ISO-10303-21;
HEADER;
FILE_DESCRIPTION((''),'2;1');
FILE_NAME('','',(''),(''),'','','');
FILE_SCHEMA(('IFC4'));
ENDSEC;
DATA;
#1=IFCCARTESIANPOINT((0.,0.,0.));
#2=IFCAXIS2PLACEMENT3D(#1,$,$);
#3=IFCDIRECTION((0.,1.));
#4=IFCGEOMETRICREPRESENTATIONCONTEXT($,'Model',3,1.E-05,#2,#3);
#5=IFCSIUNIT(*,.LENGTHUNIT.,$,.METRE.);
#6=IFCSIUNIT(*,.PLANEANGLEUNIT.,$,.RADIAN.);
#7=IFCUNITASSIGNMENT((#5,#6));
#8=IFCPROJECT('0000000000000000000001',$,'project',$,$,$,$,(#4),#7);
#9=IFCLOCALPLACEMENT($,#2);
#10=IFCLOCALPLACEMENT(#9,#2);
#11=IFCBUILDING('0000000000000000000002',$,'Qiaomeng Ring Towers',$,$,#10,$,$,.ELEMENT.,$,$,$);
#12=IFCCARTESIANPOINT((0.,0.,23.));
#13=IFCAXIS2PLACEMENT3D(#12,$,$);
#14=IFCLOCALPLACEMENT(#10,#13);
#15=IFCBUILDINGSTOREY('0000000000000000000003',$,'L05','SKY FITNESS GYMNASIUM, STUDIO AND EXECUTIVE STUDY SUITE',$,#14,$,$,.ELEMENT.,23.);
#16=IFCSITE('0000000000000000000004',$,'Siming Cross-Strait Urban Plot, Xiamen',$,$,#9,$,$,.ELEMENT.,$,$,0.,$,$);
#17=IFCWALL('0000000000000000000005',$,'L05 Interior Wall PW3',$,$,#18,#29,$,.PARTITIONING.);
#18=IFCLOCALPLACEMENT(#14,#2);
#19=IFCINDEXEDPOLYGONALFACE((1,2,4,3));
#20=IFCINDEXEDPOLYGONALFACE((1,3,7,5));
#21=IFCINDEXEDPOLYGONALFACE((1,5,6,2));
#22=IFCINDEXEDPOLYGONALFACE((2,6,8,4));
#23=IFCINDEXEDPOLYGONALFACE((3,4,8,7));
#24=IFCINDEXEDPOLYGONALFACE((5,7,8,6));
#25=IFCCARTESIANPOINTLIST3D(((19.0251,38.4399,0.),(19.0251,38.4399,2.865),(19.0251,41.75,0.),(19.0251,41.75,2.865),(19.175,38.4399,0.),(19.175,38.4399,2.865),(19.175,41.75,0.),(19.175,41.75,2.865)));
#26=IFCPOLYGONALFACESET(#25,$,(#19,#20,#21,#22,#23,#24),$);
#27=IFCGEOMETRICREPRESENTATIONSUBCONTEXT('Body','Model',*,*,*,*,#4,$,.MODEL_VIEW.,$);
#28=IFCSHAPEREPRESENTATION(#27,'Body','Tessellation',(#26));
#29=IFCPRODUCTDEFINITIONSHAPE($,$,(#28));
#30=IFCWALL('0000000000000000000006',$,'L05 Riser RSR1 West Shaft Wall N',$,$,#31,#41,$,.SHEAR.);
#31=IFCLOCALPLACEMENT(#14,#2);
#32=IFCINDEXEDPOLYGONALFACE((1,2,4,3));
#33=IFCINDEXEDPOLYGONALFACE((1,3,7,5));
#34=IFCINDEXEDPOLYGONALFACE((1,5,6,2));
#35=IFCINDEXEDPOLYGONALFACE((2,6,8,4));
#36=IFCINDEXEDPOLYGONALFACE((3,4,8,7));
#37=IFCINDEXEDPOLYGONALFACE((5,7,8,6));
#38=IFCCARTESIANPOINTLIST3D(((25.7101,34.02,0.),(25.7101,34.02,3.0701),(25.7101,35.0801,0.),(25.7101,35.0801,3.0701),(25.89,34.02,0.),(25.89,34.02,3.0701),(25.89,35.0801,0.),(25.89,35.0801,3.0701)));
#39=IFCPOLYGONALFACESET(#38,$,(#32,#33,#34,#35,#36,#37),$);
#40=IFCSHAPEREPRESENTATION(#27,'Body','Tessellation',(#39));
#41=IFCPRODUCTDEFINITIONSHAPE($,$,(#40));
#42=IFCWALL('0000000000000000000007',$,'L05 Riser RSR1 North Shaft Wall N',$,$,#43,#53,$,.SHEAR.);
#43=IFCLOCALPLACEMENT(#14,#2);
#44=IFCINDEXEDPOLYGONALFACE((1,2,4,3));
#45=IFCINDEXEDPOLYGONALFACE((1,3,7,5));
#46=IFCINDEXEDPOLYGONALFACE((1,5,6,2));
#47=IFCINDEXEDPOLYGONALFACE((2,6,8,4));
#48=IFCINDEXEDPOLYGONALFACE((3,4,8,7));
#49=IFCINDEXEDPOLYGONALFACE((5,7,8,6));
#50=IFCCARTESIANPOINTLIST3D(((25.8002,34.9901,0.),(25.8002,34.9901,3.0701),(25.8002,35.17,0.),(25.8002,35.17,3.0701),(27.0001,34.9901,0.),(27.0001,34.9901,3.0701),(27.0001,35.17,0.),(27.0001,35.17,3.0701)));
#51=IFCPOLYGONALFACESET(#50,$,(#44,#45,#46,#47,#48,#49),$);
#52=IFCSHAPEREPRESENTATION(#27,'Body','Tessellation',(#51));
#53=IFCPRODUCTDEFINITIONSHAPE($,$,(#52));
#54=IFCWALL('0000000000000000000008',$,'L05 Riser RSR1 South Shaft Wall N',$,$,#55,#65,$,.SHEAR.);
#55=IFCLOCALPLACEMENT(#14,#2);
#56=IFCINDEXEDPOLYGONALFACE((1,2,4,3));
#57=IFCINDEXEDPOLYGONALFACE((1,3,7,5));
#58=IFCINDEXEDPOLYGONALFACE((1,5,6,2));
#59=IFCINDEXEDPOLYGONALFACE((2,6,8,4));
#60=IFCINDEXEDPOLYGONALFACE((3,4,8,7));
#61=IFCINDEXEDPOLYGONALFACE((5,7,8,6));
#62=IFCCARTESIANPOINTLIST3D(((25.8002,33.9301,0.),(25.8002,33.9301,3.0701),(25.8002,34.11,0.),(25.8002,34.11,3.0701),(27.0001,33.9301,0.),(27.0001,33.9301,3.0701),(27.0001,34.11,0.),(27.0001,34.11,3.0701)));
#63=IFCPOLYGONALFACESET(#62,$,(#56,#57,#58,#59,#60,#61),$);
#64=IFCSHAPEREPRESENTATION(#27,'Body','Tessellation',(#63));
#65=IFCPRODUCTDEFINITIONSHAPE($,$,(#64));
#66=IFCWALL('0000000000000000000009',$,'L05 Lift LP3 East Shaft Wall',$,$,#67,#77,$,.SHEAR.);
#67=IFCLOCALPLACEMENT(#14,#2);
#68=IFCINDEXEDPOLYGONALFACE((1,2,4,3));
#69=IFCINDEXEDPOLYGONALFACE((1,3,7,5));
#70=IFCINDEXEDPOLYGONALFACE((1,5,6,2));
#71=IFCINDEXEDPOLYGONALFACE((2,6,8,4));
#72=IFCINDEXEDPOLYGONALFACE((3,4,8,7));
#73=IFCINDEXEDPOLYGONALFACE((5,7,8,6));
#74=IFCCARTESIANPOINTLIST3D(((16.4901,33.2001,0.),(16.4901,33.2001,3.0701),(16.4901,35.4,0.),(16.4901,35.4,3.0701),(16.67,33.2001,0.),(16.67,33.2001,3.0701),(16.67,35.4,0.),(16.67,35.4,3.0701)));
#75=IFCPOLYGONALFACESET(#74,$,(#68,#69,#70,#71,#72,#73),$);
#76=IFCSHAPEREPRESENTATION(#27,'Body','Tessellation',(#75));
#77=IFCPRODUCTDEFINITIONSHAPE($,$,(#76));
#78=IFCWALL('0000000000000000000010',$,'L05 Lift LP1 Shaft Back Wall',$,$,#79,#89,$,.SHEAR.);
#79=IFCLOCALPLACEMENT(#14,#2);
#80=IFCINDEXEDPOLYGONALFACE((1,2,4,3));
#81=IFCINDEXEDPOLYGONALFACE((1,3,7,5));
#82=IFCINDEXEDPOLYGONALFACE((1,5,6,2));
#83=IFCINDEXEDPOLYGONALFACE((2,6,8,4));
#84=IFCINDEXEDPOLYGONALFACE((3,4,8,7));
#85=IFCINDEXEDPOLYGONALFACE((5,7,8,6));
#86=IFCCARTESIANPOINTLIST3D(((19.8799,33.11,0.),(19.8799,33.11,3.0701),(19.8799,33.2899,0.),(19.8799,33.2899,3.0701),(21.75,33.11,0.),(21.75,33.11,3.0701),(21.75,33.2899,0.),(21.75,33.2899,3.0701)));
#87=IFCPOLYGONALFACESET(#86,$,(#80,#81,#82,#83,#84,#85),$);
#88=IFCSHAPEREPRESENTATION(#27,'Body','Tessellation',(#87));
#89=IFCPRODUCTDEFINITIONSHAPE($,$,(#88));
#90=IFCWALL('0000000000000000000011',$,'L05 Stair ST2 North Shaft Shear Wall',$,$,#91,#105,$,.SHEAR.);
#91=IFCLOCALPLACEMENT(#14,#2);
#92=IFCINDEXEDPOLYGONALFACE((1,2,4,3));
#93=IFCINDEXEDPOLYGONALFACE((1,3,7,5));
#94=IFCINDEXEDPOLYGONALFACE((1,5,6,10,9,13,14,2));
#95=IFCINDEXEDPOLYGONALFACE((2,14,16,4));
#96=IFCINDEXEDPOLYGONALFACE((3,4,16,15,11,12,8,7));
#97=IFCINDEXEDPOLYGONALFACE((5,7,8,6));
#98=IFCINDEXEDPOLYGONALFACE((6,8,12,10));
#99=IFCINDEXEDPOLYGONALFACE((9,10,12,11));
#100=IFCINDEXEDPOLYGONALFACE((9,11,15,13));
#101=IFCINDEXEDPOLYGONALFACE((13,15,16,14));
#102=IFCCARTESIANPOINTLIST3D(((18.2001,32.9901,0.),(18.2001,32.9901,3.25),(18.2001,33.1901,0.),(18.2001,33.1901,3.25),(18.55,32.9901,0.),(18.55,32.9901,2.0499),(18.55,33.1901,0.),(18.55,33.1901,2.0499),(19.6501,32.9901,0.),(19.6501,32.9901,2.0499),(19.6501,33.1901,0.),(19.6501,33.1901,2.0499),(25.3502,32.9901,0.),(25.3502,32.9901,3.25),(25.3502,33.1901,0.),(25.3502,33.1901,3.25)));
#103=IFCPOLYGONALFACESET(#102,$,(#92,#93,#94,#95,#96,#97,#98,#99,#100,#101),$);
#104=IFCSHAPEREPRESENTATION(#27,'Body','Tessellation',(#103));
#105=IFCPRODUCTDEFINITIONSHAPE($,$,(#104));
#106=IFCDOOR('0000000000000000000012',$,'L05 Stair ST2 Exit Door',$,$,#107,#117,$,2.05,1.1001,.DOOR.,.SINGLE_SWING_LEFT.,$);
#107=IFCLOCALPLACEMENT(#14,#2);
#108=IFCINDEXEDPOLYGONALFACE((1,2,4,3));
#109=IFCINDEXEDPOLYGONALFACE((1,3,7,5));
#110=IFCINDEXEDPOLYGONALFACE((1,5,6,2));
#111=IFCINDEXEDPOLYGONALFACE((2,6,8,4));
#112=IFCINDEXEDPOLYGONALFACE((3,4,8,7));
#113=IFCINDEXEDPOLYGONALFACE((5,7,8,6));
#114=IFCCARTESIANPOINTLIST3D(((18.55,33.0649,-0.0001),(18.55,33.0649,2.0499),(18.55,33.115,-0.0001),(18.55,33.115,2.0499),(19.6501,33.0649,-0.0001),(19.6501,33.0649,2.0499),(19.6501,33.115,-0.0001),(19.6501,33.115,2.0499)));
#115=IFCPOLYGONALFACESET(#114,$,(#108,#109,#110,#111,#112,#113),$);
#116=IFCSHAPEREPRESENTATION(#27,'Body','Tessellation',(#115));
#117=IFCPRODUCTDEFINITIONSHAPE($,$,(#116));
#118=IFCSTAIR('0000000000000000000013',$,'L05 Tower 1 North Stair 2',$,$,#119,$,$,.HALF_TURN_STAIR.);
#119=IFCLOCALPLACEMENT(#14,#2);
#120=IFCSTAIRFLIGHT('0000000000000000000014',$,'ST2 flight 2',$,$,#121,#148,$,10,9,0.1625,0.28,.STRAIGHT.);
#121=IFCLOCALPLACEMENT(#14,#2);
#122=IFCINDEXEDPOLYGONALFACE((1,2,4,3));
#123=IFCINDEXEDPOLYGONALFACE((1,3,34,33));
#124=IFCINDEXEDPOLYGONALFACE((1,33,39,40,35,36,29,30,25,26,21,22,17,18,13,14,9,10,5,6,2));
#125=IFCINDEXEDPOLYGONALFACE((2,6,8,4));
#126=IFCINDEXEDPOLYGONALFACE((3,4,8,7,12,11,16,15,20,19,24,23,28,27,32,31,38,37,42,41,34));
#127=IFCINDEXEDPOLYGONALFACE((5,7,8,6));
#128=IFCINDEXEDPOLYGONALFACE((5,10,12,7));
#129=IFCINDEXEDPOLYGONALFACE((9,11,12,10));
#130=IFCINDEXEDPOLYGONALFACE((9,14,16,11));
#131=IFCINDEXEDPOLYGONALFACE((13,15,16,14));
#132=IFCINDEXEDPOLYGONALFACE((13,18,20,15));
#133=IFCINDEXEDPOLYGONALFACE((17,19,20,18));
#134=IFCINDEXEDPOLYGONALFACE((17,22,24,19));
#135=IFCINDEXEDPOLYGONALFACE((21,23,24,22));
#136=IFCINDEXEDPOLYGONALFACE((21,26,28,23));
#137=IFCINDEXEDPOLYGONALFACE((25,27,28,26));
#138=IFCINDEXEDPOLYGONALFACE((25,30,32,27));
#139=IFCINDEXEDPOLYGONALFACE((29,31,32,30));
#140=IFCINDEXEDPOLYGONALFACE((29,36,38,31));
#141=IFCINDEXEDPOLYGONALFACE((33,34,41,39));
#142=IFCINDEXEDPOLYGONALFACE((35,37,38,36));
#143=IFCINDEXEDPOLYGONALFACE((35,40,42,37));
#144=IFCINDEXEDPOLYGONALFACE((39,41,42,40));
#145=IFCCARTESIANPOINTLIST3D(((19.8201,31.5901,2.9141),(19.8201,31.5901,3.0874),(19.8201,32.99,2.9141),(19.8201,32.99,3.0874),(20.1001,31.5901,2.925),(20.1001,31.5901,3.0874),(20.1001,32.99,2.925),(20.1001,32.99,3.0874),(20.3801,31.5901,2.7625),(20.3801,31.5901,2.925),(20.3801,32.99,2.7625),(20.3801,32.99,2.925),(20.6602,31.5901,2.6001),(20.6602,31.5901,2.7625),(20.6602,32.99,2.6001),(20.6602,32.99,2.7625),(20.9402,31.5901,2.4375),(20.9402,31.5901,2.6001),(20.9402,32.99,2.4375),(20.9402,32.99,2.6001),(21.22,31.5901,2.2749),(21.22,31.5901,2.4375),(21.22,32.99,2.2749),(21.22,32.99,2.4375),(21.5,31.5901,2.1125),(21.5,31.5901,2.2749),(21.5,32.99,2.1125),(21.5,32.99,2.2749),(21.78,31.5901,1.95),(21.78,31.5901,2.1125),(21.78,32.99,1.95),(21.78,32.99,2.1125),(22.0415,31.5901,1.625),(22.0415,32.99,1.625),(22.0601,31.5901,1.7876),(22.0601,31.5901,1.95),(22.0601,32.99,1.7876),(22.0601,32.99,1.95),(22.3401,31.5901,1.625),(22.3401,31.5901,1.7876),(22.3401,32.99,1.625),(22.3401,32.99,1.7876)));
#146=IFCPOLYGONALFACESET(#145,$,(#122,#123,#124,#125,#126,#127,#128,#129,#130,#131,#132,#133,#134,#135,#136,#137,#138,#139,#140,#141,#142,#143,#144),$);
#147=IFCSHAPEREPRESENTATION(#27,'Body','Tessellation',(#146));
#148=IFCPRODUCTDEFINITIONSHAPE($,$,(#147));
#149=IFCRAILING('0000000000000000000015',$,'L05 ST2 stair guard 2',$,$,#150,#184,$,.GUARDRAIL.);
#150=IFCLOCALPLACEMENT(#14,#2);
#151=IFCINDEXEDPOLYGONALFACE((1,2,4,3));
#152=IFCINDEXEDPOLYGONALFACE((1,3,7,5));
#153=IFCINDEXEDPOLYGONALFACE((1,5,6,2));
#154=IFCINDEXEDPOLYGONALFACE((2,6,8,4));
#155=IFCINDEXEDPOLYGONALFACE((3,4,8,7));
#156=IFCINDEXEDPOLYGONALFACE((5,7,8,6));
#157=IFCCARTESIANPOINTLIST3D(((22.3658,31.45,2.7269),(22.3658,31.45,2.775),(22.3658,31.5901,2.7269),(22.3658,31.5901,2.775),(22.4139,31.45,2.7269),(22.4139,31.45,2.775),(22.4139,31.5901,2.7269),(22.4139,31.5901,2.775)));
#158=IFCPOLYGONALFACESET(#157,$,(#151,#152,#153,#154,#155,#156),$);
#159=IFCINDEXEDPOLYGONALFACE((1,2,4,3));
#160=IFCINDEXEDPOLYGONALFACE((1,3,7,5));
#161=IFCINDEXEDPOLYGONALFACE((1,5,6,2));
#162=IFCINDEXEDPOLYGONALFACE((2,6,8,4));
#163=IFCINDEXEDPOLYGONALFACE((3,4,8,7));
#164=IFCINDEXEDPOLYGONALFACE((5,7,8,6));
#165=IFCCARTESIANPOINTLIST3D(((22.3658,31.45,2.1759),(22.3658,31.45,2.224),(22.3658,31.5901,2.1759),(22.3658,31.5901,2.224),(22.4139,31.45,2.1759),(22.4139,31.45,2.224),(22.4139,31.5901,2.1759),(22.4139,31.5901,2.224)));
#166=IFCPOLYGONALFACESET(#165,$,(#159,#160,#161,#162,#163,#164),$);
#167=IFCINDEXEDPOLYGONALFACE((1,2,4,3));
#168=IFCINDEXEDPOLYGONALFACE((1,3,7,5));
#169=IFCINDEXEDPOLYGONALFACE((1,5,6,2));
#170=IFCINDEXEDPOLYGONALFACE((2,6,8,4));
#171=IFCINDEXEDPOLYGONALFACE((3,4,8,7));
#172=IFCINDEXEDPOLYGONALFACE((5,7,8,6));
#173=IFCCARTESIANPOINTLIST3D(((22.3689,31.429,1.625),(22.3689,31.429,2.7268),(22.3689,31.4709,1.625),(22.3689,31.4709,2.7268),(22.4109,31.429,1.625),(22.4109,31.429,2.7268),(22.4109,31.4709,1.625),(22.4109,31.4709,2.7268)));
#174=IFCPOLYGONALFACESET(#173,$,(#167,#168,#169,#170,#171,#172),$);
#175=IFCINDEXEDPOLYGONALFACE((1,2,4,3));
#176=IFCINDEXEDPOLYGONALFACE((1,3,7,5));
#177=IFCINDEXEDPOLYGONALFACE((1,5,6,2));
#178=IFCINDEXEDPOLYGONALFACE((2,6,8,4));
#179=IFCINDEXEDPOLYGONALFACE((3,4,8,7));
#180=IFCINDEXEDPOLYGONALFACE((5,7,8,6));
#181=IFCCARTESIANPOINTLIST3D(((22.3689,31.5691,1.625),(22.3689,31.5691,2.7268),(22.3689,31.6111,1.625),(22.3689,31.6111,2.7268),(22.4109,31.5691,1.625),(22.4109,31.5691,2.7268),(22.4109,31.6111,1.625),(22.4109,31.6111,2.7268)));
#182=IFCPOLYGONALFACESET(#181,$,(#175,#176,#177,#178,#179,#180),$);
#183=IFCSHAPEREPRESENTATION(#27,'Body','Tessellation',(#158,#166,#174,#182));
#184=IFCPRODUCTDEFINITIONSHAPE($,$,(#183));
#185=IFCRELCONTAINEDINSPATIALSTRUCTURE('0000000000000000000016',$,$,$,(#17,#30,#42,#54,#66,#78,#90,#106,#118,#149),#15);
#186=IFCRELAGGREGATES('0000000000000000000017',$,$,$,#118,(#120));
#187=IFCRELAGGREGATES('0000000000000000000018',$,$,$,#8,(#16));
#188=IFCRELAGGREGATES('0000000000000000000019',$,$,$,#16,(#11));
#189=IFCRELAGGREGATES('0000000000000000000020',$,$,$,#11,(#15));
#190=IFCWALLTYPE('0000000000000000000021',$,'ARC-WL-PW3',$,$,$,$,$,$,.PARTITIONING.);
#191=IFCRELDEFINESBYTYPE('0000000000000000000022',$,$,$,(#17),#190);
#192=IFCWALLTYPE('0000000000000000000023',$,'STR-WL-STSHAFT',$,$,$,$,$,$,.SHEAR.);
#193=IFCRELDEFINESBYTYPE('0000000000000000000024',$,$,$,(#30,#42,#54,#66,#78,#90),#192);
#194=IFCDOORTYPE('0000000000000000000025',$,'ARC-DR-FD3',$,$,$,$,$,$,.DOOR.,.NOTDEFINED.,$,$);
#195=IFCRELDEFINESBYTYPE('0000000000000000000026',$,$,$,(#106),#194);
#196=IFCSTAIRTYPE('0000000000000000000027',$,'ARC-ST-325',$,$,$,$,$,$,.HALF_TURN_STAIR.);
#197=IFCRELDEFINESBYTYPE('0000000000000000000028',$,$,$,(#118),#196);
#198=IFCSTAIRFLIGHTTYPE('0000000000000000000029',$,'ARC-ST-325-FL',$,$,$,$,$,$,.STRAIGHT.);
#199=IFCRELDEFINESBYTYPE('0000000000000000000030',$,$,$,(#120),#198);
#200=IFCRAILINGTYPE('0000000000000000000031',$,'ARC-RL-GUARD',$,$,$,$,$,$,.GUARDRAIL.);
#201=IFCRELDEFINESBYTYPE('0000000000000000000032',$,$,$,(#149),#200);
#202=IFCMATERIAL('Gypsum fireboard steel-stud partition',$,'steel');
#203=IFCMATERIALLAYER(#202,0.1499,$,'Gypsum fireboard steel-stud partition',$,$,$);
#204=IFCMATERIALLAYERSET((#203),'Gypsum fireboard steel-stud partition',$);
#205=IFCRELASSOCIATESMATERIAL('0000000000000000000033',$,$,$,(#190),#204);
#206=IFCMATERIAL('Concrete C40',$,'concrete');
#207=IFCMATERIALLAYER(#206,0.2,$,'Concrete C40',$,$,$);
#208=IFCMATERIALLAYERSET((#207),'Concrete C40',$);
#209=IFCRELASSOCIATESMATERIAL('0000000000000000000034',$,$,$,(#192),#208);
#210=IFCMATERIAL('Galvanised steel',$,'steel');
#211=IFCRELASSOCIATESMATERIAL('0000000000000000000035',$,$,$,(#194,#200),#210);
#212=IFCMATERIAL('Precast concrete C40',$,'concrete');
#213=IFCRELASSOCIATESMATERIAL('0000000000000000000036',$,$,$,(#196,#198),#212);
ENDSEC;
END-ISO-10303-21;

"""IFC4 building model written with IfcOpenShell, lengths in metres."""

from ifc_helpers import new_model, si_unit, direction, frame, frame_2d, origin, origin_2d, place, context, subcontext, project, spatial, polyline, rectangle, outline, extrude, source, transform, mapped, material, layer, layer_set, type_object, element, fill, aggregate, save


model = new_model("IFC4")

# Units and contexts
model_context = context("Model", 3, precision=1e-05, world=origin(), true_north=direction((0.0, 1.0)))
body_context = subcontext(model_context, "Body", "Model", "MODEL_VIEW")
ifc_project = project(units=[si_unit("LENGTHUNIT", "METRE"), si_unit("PLANEANGLEUNIT", "RADIAN")], contexts=[model_context])

# Site, building, storey
site_placement = place(None, origin())
site = spatial("IfcSite", under=ifc_project, at=site_placement, Name="Siming Cross-Strait Urban Plot, Xiamen", CompositionType="ELEMENT", RefElevation=0.0)
building_placement = place(site_placement, origin())
building = spatial("IfcBuilding", under=site, at=building_placement, Name="Qiaomeng Ring Towers", CompositionType="ELEMENT")
storey_placement = place(building_placement, frame((0.0, 0.0, 23.0)))
storey = spatial("IfcBuildingStorey", under=building, at=storey_placement, Name="L05", Description="SKY FITNESS GYMNASIUM, STUDIO AND EXECUTIVE STUDY SUITE", CompositionType="ELEMENT", Elevation=23.0)

# Walls
ifc_material_1 = material(Name="Gypsum fireboard steel-stud partition", Category="steel")
ifc_layer_1 = layer(ifc_material_1, 0.1499, Name="Gypsum fireboard steel-stud partition")
ifc_layer_set_1 = layer_set([ifc_layer_1], Name="Gypsum fireboard steel-stud partition")
wall_type_1 = type_object("IfcWallType", Name="ARC-WL-PW3", PredefinedType="PARTITIONING", material=ifc_layer_set_1)
wall_1_placement = place(storey_placement, frame((19.1001, 38.4399, 0.0), z_axis=(0.0, 0.0, 1.0), x_axis=(0.0, 1.0, 0.0)))
element("IfcWall", 1, at=wall_1_placement, inside=storey, type_object=wall_type_1, Name="L05 Interior Wall PW3", PredefinedType="PARTITIONING", context=body_context, shape_type="SweptSolid", body=[
    extrude(rectangle(XDim=3.3101, YDim=0.1499, at=frame_2d((1.655, 0.0))), origin(), (0.0, 0.0, 1.0), 2.865),
])
ifc_material_2 = material(Name="Concrete C40", Category="concrete")
ifc_layer_2 = layer(ifc_material_2, 0.2, Name="Concrete C40")
ifc_layer_set_2 = layer_set([ifc_layer_2], Name="Concrete C40")
wall_type_2 = type_object("IfcWallType", Name="STR-WL-STSHAFT", PredefinedType="SHEAR", material=ifc_layer_set_2)
wall_2_placement = place(storey_placement, frame((25.8, 34.02, 0.0), z_axis=(0.0, 0.0, 1.0), x_axis=(0.0, 1.0, 0.0)))
element("IfcWall", 2, at=wall_2_placement, inside=storey, type_object=wall_type_2, Name="L05 Riser RSR1 West Shaft Wall N", PredefinedType="SHEAR", context=body_context, shape_type="SweptSolid", body=[
    extrude(rectangle(XDim=1.0601, YDim=0.1799, at=frame_2d((0.53, 0.0))), origin(), (0.0, 0.0, 1.0), 3.0701),
])
for number, where, z_axis, x_axis, name in (
    (3, (25.8, 35.0801, 0.0), (0.0, 0.0, 1.0), (1.0, 0.0, 0.0), "L05 Riser RSR1 North Shaft Wall N"),
    (4, (25.8, 34.02, 0.0), (0.0, 0.0, 1.0), (1.0, 0.0, 0.0), "L05 Riser RSR1 South Shaft Wall N"),
):
    element("IfcWall", number, at=place(storey_placement, frame(where, z_axis=z_axis, x_axis=x_axis)), inside=storey, type_object=wall_type_2, Name=name, PredefinedType="SHEAR", context=body_context, shape_type="SweptSolid", body=[
        extrude(rectangle(XDim=1.2, YDim=0.1799, at=frame_2d((0.6001, 0.0))), origin(), (0.0, 0.0, 1.0), 3.0701),
    ])
wall_3_placement = place(storey_placement, frame((16.5801, 33.2, 0.0), z_axis=(0.0, 0.0, 1.0), x_axis=(0.0, 1.0, 0.0)))
element("IfcWall", 5, at=wall_3_placement, inside=storey, type_object=wall_type_2, Name="L05 Lift LP3 East Shaft Wall", PredefinedType="SHEAR", context=body_context, shape_type="SweptSolid", body=[
    extrude(rectangle(XDim=2.2, YDim=0.1799, at=frame_2d((1.1001, 0.0))), origin(), (0.0, 0.0, 1.0), 3.0701),
])
wall_4_placement = place(storey_placement, frame((19.8799, 33.2, 0.0), z_axis=(0.0, 0.0, 1.0), x_axis=(1.0, 0.0, 0.0)))
element("IfcWall", 6, at=wall_4_placement, inside=storey, type_object=wall_type_2, Name="L05 Lift LP1 Shaft Back Wall", PredefinedType="SHEAR", context=body_context, shape_type="SweptSolid", body=[
    extrude(rectangle(XDim=1.8701, YDim=0.1799, at=frame_2d((0.9351, 0.0))), origin(), (0.0, 0.0, 1.0), 3.0701),
])

# Wall, opening, door
wall_5_placement = place(storey_placement, frame((18.2, 33.0901, 0.0), z_axis=(0.0, 0.0, 1.0), x_axis=(1.0, 0.0, 0.0)))
wall_5 = element("IfcWall", 7, at=wall_5_placement, inside=storey, type_object=wall_type_2, Name="L05 Stair ST2 North Shaft Shear Wall", PredefinedType="SHEAR", context=body_context, shape_type="SweptSolid", body=[
    extrude(rectangle(XDim=7.1501, YDim=0.2, at=frame_2d((3.5752, 0.0))), origin(), (0.0, 0.0, 1.0), 3.25),
])
opening_placement = place(wall_5_placement, frame((0.3501, 0.0, 0.0)))
opening = element("IfcOpeningElement", 8, at=opening_placement, cuts=wall_5, PredefinedType="OPENING", context=body_context, shape_type="SweptSolid", body=[
    extrude(rectangle(XDim=1.1001, YDim=2.05, at=frame_2d((0.55, 1.0249))), frame((0.0, 0.1099, 0.0), z_axis=(0.0, -1.0, 0.0), x_axis=(1.0, 0.0, 0.0)), (0.0, 0.0, 1.0), 0.22),
])
ifc_material_3 = material(Name="Galvanised steel", Category="steel")
door_type = type_object("IfcDoorType", Name="ARC-DR-FD3", OperationType="NOTDEFINED", PredefinedType="DOOR", material=ifc_material_3)
shared_shape_1 = source(origin(), body_context, "Body", "SweptSolid", [
    extrude(rectangle(XDim=1.1001, YDim=2.05, at=frame_2d((0.55, 1.0249))), frame((0.0, 0.0249, 0.0), z_axis=(0.0, -1.0, 0.0), x_axis=(1.0, 0.0, 0.0)), (0.0, 0.0, 1.0), 0.05),
])
door_placement = place(opening_placement, origin())
door = element("IfcDoor", 9, at=door_placement, inside=storey, type_object=door_type, Name="L05 Stair ST2 Exit Door", OperationType="SINGLE_SWING_LEFT", OverallHeight=2.05, OverallWidth=1.1001, PredefinedType="DOOR", context=body_context, shape_type="MappedRepresentation", body=[
    mapped(shared_shape_1, transform((0.0, 0.0, 0.0), x_axis=(1.0, 0.0, 0.0), y_axis=(0.0, 1.0, 0.0), z_axis=(0.0, 0.0, 1.0), scale=1.0)),
])
fill(opening, door)

# Stair, stair flight
ifc_material_4 = material(Name="Precast concrete C40", Category="concrete")
stair_type = type_object("IfcStairType", Name="ARC-ST-325", PredefinedType="HALF_TURN_STAIR", material=ifc_material_4)
stair_placement = place(storey_placement, origin())
stair = element("IfcStair", 10, at=stair_placement, inside=storey, type_object=stair_type, Name="L05 Tower 1 North Stair 2", PredefinedType="HALF_TURN_STAIR")
stair_flight_type = type_object("IfcStairFlightType", Name="ARC-ST-325-FL", PredefinedType="STRAIGHT", material=ifc_material_4)
shared_shape_2 = source(origin(), body_context, "Body", "SweptSolid", [
    extrude(outline(polyline([(0.0, 0.0), (0.0, 0.1626), (0.28, 0.1626), (0.28, 0.325), (0.5601, 0.325), (0.5601, 0.4875), (0.8401, 0.4875), (0.8401, 0.6499), (1.1201, 0.6499), (1.1201, 0.8125), (1.3999, 0.8125), (1.3999, 0.9751), (1.6799, 0.9751), (1.6799, 1.1375), (1.96, 1.1375), (1.96, 1.3), (2.24, 1.3), (2.24, 1.4624), (2.52, 1.4624), (2.52, 1.625), (2.52, 1.2891), (0.2986, 0.0), (0.0, 0.0)])), frame((0.0, 0.7, 0.0), z_axis=(0.0, -1.0, 0.0), x_axis=(1.0, 0.0, 0.0)), (0.0, 0.0, 1.0), 1.3999),
])
stair_flight_placement = place(storey_placement, frame((22.3401, 32.29, 1.625), z_axis=(0.0, 0.0, 1.0), x_axis=(-1.0, 0.0, 0.0)))
stair_flight = element("IfcStairFlight", 11, at=stair_flight_placement, type_object=stair_flight_type, Name="ST2 flight 2", NumberOfRisers=10, NumberOfTreads=9, PredefinedType="STRAIGHT", RiserHeight=0.1625, TreadLength=0.28, context=body_context, shape_type="MappedRepresentation", body=[
    mapped(shared_shape_2, transform((0.0, 0.0, 0.0), x_axis=(1.0, 0.0, 0.0), y_axis=(0.0, 1.0, 0.0), z_axis=(0.0, 0.0, 1.0), scale=1.0)),
])
aggregate(stair, [stair_flight])

# Railing
railing_type_1 = type_object("IfcRailingType", Name="ARC-RL-GUARD", PredefinedType="GUARDRAIL", material=ifc_material_3)
railing_1_placement = place(storey_placement, frame((22.3899, 31.45, 1.625)))
element("IfcRailing", 12, at=railing_1_placement, inside=storey, type_object=railing_type_1, Name="L05 ST2 stair guard 2", PredefinedType="GUARDRAIL", context=body_context, shape_type="SweptSolid", body=[
    extrude(rectangle(XDim=0.0481, YDim=0.0481, at=origin_2d()), frame((0.0, 0.0, 1.126), z_axis=(0.0, 1.0, 0.0), x_axis=(-1.0, 0.0, 0.0)), (0.0, 0.0, 1.0), 0.1401),
    extrude(rectangle(XDim=0.0481, YDim=0.0481, at=origin_2d()), frame((0.0, 0.0, 0.575), z_axis=(0.0, 1.0, 0.0), x_axis=(-1.0, 0.0, 0.0)), (0.0, 0.0, 1.0), 0.1401),
    extrude(rectangle(XDim=0.042, YDim=0.042, at=origin_2d()), origin(), (0.0, 0.0, 1.0), 1.1018),
    extrude(rectangle(XDim=0.042, YDim=0.042, at=origin_2d()), frame((0.0, 0.1401, 0.0)), (0.0, 0.0, 1.0), 1.1018),
])

save(model, "model.ifc")
